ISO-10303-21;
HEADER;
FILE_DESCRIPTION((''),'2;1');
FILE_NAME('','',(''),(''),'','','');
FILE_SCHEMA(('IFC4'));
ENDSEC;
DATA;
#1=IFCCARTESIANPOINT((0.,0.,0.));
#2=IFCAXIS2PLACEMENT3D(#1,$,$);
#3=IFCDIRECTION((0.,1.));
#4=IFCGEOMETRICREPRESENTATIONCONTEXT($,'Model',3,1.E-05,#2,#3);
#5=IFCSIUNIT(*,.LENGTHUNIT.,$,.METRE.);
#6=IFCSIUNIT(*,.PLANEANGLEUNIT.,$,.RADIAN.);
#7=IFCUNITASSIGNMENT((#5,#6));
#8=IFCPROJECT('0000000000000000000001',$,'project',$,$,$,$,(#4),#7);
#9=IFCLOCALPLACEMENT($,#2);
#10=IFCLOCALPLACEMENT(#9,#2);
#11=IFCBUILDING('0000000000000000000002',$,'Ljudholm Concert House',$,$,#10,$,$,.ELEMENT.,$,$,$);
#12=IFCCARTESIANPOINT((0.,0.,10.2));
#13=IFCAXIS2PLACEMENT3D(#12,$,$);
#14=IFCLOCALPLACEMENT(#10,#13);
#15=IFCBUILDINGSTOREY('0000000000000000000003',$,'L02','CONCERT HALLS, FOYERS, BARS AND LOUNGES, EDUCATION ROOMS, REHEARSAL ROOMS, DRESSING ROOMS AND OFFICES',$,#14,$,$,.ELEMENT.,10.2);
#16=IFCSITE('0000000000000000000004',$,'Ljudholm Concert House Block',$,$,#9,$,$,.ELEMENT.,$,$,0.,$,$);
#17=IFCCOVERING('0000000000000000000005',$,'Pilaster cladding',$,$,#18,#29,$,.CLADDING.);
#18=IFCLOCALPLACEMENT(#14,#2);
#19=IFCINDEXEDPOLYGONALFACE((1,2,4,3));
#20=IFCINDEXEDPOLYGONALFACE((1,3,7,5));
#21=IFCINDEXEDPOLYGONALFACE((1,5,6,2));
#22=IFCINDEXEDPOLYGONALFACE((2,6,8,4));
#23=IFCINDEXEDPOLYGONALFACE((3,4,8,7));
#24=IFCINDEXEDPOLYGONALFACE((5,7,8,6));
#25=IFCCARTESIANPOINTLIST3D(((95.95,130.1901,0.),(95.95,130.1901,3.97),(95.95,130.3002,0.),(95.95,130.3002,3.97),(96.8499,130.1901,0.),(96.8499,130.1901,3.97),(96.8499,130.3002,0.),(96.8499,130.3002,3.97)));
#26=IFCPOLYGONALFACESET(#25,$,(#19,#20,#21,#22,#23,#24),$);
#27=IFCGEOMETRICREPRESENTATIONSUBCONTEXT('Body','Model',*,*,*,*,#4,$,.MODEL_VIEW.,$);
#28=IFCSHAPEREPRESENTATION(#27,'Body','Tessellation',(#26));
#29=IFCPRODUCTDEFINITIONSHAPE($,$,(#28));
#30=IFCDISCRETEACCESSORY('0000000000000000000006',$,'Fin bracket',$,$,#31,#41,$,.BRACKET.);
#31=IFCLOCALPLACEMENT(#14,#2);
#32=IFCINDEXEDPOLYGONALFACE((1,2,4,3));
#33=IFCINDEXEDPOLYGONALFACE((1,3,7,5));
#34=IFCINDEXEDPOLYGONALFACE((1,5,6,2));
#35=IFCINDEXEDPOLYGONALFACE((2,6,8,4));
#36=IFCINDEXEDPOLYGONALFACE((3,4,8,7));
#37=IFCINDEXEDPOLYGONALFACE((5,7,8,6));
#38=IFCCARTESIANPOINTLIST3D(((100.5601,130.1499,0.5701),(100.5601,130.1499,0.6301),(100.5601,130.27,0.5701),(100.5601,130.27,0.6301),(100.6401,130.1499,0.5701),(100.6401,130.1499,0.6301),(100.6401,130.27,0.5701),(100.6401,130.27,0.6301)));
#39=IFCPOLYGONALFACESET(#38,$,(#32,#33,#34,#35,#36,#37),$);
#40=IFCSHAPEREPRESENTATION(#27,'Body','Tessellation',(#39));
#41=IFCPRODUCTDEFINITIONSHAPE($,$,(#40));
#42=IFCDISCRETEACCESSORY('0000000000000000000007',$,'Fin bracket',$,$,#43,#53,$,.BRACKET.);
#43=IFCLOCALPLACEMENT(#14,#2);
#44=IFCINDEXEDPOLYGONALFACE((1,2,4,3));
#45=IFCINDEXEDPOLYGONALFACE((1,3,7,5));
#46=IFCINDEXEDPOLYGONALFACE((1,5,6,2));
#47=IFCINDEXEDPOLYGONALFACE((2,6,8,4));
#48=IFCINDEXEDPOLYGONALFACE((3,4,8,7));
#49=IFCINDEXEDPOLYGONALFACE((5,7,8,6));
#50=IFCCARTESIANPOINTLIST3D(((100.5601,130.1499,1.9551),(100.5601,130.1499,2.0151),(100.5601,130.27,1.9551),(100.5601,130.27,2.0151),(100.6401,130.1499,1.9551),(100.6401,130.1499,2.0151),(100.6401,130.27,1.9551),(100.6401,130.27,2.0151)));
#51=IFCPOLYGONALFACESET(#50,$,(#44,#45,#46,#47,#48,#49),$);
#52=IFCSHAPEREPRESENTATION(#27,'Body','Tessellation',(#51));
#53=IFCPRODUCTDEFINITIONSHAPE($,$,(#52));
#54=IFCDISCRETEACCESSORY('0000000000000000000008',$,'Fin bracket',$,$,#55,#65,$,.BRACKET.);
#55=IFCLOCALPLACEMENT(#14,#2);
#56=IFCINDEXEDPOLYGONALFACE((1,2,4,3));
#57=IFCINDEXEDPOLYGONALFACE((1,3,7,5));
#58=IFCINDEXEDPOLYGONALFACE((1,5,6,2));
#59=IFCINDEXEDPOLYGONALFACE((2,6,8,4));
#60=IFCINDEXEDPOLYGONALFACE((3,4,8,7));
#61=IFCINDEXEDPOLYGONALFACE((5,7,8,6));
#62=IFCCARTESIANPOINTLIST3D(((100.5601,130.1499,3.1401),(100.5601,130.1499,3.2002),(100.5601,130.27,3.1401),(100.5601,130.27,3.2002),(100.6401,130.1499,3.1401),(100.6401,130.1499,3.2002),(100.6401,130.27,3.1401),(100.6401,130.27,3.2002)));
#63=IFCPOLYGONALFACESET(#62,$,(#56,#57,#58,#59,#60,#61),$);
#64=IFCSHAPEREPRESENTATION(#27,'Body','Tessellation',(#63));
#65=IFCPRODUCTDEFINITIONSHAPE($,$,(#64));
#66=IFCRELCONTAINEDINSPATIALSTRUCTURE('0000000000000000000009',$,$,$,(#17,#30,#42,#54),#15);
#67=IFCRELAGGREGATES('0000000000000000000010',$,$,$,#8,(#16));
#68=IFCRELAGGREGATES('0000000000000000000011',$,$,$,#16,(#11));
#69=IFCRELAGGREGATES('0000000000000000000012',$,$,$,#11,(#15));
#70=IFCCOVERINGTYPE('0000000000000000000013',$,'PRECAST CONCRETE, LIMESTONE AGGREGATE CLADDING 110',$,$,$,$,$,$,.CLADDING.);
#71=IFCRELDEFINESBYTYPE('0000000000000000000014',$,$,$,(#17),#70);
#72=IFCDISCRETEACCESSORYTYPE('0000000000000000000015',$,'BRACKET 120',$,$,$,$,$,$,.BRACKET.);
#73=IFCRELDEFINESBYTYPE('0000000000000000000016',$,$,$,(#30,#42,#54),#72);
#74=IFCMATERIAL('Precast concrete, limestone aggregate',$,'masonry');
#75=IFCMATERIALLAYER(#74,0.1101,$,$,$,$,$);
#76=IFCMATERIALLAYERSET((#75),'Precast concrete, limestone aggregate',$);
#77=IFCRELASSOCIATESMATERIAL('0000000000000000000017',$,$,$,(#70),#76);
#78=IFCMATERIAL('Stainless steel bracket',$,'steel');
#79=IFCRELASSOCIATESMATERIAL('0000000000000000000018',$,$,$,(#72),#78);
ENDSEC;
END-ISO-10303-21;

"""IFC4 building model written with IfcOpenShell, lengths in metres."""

from ifc_helpers import new_model, si_unit, direction, frame, origin, origin_2d, place, context, subcontext, project, spatial, rectangle, extrude, material, layer, layer_set, type_object, element, save


model = new_model("IFC4")

# Units and contexts
model_context = context("Model", 3, precision=1e-05, world=origin(), true_north=direction((0.0, 1.0)))
body_context = subcontext(model_context, "Body", "Model", "MODEL_VIEW")
ifc_project = project(units=[si_unit("LENGTHUNIT", "METRE"), si_unit("PLANEANGLEUNIT", "RADIAN")], contexts=[model_context])

# Site, building, storey
site_placement = place(None, origin())
site = spatial("IfcSite", under=ifc_project, at=site_placement, Name="Ljudholm Concert House Block", CompositionType="ELEMENT", RefElevation=0.0)
building_placement = place(site_placement, origin())
building = spatial("IfcBuilding", under=site, at=building_placement, Name="Ljudholm Concert House", CompositionType="ELEMENT")
storey_placement = place(building_placement, frame((0.0, 0.0, 10.2)))
storey = spatial("IfcBuildingStorey", under=building, at=storey_placement, Name="L02", Description="CONCERT HALLS, FOYERS, BARS AND LOUNGES, EDUCATION ROOMS, REHEARSAL ROOMS, DRESSING ROOMS AND OFFICES", CompositionType="ELEMENT", Elevation=10.2)

# Covering
ifc_material_1 = material(Name="Precast concrete, limestone aggregate", Category="masonry")
ifc_layer_1 = layer(ifc_material_1, 0.1101)
ifc_layer_set_1 = layer_set([ifc_layer_1], Name="Precast concrete, limestone aggregate")
covering_type = type_object("IfcCoveringType", Name="PRECAST CONCRETE, LIMESTONE AGGREGATE CLADDING 110", PredefinedType="CLADDING", material=ifc_layer_set_1)
covering_placement = place(storey_placement, frame((96.3999, 130.2451, 0.0), z_axis=(0.0, 0.0, 1.0), x_axis=(0.0, 1.0, 0.0)))
element("IfcCovering", 1, at=covering_placement, inside=storey, type_object=covering_type, Name="Pilaster cladding", PredefinedType="CLADDING", context=body_context, shape_type="SweptSolid", body=[
    extrude(rectangle(XDim=0.1101, YDim=0.8999, at=origin_2d()), origin(), (0.0, 0.0, 1.0), 3.97),
])

# Discrete accessories
ifc_material_2 = material(Name="Stainless steel bracket", Category="steel")
discrete_accessory_type = type_object("IfcDiscreteAccessoryType", Name="BRACKET 120", PredefinedType="BRACKET", material=ifc_material_2)
for number, where, z_axis, x_axis, name in (
    (2, (100.6001, 130.21, 0.5701), (0.0, 0.0, 1.0), (0.0, 1.0, 0.0), "Fin bracket"),
    (3, (100.6001, 130.21, 1.9551), (0.0, 0.0, 1.0), (0.0, 1.0, 0.0), "Fin bracket"),
    (4, (100.6001, 130.21, 3.1401), (0.0, 0.0, 1.0), (0.0, 1.0, 0.0), "Fin bracket"),
):
    element("IfcDiscreteAccessory", number, at=place(storey_placement, frame(where, z_axis=z_axis, x_axis=x_axis)), inside=storey, type_object=discrete_accessory_type, Name=name, PredefinedType="BRACKET", context=body_context, shape_type="SweptSolid", body=[
        extrude(rectangle(XDim=0.1201, YDim=0.0801, at=origin_2d()), origin(), (0.0, 0.0, 1.0), 0.0601),
    ])

save(model, "model.ifc")
